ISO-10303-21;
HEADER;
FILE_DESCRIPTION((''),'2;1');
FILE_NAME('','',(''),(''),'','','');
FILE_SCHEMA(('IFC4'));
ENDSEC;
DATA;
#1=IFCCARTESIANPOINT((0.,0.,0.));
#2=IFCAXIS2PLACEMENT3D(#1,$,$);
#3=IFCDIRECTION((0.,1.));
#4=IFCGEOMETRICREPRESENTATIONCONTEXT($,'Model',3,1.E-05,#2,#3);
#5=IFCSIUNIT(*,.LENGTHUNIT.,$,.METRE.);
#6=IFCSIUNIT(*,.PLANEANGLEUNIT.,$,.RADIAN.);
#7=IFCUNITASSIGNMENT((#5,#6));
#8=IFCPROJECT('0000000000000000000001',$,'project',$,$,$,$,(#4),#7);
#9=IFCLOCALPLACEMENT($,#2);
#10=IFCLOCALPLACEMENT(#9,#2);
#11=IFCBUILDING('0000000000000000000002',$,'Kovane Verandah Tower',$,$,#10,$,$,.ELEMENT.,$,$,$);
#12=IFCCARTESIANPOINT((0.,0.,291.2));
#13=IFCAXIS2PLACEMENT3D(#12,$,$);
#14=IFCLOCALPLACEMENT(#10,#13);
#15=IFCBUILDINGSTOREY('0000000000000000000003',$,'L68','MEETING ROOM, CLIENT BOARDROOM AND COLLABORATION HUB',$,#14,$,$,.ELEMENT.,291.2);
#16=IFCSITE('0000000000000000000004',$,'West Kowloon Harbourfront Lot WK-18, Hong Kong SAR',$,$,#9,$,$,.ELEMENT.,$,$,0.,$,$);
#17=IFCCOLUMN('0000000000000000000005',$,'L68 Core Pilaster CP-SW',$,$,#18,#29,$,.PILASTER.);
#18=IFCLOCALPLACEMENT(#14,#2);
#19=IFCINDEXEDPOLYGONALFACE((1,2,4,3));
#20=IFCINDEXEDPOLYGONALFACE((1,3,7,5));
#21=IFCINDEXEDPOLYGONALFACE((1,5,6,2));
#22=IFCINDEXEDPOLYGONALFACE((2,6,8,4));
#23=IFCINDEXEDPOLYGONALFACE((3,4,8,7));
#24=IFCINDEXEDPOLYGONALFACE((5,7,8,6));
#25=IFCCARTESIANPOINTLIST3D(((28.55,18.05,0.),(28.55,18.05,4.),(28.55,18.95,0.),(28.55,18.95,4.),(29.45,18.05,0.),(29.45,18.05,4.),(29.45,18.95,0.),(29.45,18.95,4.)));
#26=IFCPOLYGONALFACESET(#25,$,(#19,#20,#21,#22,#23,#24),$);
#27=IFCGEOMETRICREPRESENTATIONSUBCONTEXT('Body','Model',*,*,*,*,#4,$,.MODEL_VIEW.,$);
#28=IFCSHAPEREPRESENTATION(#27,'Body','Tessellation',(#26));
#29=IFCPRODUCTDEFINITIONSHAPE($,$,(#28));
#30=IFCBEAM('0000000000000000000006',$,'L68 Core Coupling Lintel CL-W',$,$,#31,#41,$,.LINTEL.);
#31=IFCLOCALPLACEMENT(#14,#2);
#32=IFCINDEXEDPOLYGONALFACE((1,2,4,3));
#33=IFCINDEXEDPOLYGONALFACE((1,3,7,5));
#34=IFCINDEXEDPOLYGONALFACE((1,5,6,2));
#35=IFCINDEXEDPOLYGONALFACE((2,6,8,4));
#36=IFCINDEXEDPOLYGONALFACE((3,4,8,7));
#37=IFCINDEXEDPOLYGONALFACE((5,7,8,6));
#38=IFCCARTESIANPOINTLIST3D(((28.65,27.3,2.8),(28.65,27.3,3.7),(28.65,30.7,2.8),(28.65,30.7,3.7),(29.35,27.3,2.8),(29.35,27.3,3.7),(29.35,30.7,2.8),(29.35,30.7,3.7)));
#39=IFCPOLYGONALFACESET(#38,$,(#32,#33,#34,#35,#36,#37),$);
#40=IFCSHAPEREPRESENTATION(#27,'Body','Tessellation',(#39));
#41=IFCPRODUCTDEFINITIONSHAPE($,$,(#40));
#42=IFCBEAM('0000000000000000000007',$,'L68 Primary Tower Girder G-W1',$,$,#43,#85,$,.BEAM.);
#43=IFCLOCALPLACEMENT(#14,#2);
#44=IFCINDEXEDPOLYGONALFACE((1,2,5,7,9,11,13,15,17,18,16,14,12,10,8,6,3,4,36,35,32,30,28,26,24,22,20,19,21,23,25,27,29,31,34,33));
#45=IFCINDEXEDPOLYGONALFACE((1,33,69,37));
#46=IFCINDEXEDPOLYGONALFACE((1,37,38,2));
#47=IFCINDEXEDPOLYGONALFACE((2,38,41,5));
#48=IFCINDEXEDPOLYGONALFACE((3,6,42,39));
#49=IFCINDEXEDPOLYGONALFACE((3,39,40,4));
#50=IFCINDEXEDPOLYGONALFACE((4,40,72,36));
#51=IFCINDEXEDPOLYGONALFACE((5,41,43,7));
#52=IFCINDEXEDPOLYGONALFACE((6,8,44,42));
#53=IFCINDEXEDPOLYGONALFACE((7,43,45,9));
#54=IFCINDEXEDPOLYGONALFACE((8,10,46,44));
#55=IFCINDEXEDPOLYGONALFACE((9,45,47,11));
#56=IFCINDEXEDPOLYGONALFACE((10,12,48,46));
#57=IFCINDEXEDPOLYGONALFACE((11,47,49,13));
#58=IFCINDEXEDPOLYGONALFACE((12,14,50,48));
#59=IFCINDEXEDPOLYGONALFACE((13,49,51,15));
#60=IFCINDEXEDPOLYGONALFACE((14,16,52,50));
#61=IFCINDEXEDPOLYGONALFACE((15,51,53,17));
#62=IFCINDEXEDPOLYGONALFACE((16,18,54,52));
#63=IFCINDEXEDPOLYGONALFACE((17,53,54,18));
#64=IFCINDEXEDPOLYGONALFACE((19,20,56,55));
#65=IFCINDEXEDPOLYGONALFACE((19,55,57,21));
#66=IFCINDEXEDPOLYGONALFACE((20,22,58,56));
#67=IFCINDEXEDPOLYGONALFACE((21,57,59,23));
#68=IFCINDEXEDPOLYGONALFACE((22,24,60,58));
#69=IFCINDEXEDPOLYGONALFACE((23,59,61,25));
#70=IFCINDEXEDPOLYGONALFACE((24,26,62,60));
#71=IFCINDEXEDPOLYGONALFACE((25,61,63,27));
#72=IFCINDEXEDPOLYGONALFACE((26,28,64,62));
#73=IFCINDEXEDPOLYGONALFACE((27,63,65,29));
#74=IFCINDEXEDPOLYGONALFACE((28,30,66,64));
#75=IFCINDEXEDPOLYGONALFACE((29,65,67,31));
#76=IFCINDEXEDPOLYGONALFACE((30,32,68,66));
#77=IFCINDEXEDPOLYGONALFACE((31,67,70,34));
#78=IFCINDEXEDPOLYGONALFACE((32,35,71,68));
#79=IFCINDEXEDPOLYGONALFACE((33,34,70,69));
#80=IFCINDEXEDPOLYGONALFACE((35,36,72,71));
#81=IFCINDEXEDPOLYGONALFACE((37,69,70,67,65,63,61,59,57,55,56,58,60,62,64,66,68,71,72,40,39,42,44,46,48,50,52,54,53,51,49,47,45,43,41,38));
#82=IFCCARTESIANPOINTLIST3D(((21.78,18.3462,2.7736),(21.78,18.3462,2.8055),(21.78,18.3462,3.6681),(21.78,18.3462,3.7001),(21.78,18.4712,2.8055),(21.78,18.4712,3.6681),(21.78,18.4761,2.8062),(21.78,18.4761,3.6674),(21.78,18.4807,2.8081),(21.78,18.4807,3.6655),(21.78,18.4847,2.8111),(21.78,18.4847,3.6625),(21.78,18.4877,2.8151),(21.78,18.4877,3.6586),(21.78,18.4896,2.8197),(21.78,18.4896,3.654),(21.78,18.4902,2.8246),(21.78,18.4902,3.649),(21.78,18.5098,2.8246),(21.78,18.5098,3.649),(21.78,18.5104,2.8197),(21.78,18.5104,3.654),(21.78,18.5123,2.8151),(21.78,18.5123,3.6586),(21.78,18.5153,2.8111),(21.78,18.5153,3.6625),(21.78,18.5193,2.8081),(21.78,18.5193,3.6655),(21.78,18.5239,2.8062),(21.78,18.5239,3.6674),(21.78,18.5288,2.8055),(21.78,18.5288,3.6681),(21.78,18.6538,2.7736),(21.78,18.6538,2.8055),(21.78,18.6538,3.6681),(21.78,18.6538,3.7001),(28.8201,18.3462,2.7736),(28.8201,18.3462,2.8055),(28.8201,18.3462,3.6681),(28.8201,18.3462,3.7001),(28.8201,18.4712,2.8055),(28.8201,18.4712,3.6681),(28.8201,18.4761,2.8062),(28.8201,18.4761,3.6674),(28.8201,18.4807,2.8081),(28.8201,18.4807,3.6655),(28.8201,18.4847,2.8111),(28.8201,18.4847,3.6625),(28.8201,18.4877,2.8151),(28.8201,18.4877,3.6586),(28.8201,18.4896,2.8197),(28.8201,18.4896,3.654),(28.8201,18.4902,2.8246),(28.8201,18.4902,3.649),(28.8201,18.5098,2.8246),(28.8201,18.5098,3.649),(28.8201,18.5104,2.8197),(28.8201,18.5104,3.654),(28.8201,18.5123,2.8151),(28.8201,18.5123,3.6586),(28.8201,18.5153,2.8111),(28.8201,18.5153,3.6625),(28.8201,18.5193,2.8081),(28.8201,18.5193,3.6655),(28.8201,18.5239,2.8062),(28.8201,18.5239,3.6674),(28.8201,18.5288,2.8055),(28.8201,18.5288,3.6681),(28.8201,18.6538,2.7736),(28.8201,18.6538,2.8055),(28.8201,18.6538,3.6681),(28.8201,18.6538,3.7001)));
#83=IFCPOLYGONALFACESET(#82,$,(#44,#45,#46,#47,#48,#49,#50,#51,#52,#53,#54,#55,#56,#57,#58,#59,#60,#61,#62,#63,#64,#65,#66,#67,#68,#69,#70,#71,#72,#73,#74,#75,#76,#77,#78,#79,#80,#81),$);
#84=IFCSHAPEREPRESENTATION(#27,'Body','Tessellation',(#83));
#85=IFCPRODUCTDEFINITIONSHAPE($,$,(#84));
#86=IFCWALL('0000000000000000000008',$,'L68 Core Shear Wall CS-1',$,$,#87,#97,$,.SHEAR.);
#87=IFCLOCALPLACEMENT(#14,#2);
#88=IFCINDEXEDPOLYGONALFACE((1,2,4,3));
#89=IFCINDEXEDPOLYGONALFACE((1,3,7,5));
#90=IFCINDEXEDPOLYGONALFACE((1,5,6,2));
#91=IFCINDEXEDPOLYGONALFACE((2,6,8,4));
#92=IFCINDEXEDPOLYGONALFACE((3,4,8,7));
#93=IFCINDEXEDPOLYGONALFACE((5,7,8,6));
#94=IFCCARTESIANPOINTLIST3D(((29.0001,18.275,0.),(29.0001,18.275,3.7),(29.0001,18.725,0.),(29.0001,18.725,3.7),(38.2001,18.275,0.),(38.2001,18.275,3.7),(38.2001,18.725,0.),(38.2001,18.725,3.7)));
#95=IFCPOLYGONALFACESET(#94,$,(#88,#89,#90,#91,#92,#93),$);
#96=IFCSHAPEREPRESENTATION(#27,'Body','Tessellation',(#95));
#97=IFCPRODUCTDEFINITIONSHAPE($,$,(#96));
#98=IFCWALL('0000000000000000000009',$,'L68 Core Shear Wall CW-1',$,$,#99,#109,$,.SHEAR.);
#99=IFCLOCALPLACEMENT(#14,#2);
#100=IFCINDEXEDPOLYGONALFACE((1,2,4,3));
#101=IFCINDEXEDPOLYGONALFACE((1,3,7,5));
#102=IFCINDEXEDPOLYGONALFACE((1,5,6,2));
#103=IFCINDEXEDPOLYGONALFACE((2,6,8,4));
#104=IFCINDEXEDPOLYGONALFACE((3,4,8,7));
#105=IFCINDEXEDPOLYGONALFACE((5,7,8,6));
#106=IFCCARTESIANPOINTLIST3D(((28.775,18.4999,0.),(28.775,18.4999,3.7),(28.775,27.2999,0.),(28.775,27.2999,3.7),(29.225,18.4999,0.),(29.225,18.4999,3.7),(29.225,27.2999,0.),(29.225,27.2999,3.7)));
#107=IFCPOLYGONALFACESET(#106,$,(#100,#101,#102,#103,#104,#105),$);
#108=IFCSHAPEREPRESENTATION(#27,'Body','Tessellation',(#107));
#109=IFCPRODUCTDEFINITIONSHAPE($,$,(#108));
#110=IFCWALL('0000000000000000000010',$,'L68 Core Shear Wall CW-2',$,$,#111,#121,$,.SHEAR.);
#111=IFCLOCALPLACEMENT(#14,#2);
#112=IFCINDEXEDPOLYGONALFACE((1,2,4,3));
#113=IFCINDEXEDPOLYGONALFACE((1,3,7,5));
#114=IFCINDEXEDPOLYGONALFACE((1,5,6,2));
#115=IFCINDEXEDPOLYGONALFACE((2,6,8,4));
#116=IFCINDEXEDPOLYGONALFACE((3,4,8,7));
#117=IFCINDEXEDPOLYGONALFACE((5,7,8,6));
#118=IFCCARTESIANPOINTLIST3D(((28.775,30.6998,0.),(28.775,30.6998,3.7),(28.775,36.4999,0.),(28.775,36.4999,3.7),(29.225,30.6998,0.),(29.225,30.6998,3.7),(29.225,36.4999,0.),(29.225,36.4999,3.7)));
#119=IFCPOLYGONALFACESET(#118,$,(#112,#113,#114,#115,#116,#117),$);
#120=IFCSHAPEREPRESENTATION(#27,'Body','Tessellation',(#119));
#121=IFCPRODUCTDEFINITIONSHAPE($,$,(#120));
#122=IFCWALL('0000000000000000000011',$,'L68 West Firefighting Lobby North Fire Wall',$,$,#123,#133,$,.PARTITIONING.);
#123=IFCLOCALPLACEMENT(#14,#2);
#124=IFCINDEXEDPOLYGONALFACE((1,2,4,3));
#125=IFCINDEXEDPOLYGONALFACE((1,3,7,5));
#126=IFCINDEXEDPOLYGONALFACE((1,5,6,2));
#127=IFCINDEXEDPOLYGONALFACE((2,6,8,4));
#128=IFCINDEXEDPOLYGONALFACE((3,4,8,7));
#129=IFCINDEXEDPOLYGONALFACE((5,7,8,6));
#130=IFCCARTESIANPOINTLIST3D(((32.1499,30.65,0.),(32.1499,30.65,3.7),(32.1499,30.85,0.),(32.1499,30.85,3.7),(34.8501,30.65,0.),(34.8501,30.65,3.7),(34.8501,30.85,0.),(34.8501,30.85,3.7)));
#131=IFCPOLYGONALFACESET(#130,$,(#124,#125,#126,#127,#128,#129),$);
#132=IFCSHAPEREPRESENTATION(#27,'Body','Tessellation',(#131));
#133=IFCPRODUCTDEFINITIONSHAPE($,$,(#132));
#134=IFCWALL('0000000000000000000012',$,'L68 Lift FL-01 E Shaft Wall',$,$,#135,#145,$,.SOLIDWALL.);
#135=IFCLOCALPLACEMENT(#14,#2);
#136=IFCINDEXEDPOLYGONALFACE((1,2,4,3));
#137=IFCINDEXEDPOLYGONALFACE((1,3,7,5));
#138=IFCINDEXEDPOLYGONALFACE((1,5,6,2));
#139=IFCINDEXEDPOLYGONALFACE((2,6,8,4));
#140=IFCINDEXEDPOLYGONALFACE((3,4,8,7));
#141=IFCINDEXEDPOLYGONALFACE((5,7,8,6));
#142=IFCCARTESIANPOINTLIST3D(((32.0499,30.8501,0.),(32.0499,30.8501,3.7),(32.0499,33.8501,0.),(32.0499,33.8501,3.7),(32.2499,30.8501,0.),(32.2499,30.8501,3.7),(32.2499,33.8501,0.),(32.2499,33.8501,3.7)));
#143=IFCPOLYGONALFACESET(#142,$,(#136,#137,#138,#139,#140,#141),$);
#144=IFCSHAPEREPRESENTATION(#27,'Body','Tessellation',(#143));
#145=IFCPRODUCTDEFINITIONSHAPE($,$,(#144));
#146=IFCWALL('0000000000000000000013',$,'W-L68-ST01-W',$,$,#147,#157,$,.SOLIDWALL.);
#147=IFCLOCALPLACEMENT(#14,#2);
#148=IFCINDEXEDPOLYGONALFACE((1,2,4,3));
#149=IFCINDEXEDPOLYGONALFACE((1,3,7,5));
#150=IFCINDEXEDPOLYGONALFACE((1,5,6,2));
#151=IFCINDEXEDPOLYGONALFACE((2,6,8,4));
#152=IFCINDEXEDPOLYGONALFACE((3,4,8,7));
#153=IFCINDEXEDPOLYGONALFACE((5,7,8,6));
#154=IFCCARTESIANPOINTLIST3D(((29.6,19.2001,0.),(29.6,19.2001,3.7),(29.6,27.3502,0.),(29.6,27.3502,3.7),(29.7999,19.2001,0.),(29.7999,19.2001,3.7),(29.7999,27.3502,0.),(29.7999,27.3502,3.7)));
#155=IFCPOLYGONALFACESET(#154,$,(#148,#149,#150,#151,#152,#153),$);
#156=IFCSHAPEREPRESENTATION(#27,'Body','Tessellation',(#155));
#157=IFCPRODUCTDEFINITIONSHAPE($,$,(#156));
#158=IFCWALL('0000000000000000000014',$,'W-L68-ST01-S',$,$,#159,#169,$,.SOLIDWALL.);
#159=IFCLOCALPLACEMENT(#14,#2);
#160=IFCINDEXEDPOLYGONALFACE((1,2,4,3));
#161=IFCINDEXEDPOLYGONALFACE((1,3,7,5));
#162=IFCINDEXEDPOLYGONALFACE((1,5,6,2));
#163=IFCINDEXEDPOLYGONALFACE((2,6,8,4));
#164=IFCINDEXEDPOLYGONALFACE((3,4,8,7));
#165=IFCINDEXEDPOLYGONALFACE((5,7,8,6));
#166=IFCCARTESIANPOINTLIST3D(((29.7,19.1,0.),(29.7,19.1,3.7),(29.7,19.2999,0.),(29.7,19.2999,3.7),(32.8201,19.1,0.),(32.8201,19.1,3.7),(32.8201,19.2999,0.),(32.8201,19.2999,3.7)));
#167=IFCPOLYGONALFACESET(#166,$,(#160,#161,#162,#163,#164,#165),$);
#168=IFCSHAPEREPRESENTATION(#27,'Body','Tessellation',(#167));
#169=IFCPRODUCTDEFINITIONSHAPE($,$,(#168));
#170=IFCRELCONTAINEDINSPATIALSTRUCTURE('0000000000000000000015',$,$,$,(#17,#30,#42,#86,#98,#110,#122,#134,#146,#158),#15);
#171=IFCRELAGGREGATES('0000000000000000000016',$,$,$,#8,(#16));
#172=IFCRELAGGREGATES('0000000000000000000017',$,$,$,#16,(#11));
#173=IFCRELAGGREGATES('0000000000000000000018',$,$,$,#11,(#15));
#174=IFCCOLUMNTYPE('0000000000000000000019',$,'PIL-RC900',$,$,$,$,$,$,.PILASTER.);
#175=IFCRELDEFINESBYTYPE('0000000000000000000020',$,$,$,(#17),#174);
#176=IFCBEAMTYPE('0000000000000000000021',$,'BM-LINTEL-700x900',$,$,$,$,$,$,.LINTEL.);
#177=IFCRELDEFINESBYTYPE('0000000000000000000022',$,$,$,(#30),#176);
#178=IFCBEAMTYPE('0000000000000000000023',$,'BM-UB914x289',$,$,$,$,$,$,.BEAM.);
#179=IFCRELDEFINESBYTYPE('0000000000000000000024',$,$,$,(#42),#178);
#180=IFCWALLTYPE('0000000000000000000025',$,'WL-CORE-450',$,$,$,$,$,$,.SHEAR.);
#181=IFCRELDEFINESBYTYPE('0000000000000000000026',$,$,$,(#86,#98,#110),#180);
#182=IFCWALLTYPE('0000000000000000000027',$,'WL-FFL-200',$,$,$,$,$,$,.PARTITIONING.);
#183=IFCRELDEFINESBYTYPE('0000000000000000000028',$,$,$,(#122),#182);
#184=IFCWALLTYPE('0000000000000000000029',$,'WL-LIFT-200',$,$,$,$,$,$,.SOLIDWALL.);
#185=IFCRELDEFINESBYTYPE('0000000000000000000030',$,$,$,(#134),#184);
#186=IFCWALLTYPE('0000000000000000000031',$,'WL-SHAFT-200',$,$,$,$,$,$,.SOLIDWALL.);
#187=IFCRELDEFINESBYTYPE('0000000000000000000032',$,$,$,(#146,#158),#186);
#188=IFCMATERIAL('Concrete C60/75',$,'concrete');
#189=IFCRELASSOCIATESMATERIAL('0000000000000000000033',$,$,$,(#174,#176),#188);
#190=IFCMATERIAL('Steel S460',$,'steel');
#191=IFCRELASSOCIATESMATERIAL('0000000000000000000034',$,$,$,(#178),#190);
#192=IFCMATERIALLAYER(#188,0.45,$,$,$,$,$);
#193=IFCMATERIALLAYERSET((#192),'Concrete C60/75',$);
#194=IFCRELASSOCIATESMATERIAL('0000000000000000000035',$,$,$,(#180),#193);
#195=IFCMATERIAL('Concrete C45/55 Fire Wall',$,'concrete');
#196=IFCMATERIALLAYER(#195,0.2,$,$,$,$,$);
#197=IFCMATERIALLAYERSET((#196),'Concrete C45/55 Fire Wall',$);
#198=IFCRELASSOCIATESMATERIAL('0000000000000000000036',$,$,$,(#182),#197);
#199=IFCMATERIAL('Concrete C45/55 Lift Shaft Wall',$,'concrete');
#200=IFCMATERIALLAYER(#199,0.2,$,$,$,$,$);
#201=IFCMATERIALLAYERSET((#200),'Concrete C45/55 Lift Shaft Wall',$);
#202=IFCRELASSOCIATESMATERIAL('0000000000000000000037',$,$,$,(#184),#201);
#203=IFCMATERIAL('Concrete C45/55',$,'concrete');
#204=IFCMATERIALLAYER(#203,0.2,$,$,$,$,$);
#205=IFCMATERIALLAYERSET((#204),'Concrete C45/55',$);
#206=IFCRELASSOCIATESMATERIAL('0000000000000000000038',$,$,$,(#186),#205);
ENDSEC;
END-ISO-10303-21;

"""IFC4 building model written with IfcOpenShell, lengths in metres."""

from ifc_helpers import new_model, si_unit, direction, frame, frame_2d, origin, origin_2d, place, context, subcontext, project, spatial, rectangle, i_section, extrude, material, layer, layer_set, material_profile, profile_set, type_object, element, save


model = new_model("IFC4")

# Units and contexts
model_context = context("Model", 3, precision=1e-05, world=origin(), true_north=direction((0.0, 1.0)))
body_context = subcontext(model_context, "Body", "Model", "MODEL_VIEW")
ifc_project = project(units=[si_unit("LENGTHUNIT", "METRE"), si_unit("PLANEANGLEUNIT", "RADIAN")], contexts=[model_context])

# Site, building, storey
site_placement = place(None, origin())
site = spatial("IfcSite", under=ifc_project, at=site_placement, Name="West Kowloon Harbourfront Lot WK-18, Hong Kong SAR", CompositionType="ELEMENT", RefElevation=0.0)
building_placement = place(site_placement, origin())
building = spatial("IfcBuilding", under=site, at=building_placement, Name="Kovane Verandah Tower", CompositionType="ELEMENT")
storey_placement = place(building_placement, frame((0.0, 0.0, 291.2)))
storey = spatial("IfcBuildingStorey", under=building, at=storey_placement, Name="L68", Description="MEETING ROOM, CLIENT BOARDROOM AND COLLABORATION HUB", CompositionType="ELEMENT", Elevation=291.2)

# Column
ifc_material_1 = material(Name="Concrete C60/75", Category="concrete")
ifc_material_profile_1 = material_profile(ifc_material_1, rectangle(XDim=0.8999, YDim=0.8999, at=origin_2d()), Name="RC900x900")
ifc_profile_set_1 = profile_set([ifc_material_profile_1], Name="Concrete C60/75")
column_type = type_object("IfcColumnType", Name="PIL-RC900", PredefinedType="PILASTER", material=ifc_profile_set_1)
column_placement = place(storey_placement, frame((29.0, 18.5, 0.0), z_axis=(0.0, 0.0, 1.0), x_axis=(1.0, 0.0, 0.0)))
element("IfcColumn", 1, at=column_placement, inside=storey, type_object=column_type, Name="L68 Core Pilaster CP-SW", PredefinedType="PILASTER", context=body_context, shape_type="SweptSolid", body=[
    extrude(rectangle(XDim=0.8999, YDim=0.8999, at=origin_2d()), origin(), (0.0, 0.0, 1.0), 4.0),
])

# Beams
ifc_material_profile_2 = material_profile(ifc_material_1, rectangle(XDim=0.7, YDim=0.8999, at=origin_2d()), Name="RCB700x900")
ifc_profile_set_2 = profile_set([ifc_material_profile_2], Name="Concrete C60/75")
beam_type_1 = type_object("IfcBeamType", Name="BM-LINTEL-700x900", PredefinedType="LINTEL", material=ifc_profile_set_2)
beam_1_placement = place(storey_placement, frame((29.0, 27.3, 3.25), z_axis=(0.0, 1.0, 0.0), x_axis=(-1.0, 0.0, 0.0)))
element("IfcBeam", 2, at=beam_1_placement, inside=storey, type_object=beam_type_1, Name="L68 Core Coupling Lintel CL-W", PredefinedType="LINTEL", context=body_context, shape_type="SweptSolid", body=[
    extrude(rectangle(XDim=0.7, YDim=0.8999, at=origin_2d()), origin(), (0.0, 0.0, 1.0), 3.3999),
])
ifc_material_2 = material(Name="Steel S460", Category="steel")
ifc_material_profile_3 = material_profile(ifc_material_2, i_section(OverallWidth=0.3076, OverallDepth=0.9265, WebThickness=0.0195, FlangeThickness=0.032, FilletRadius=0.019, at=origin_2d()), Name="UB914x305x289")
ifc_profile_set_3 = profile_set([ifc_material_profile_3], Name="Steel S460")
beam_type_2 = type_object("IfcBeamType", Name="BM-UB914x289", PredefinedType="BEAM", material=ifc_profile_set_3)
beam_2_placement = place(storey_placement, frame((28.8201, 18.5, 3.2368), z_axis=(-1.0, 0.0, 0.0), x_axis=(0.0, -1.0, 0.0)))
element("IfcBeam", 3, at=beam_2_placement, inside=storey, type_object=beam_type_2, Name="L68 Primary Tower Girder G-W1", PredefinedType="BEAM", context=body_context, shape_type="SweptSolid", body=[
    extrude(i_section(OverallWidth=0.3076, OverallDepth=0.9265, WebThickness=0.0195, FlangeThickness=0.032, FilletRadius=0.019, at=origin_2d()), origin(), (0.0, 0.0, 1.0), 7.04),
])

# Walls
ifc_layer_1 = layer(ifc_material_1, 0.45)
ifc_layer_set_1 = layer_set([ifc_layer_1], Name="Concrete C60/75")
wall_type_1 = type_object("IfcWallType", Name="WL-CORE-450", PredefinedType="SHEAR", material=ifc_layer_set_1)
wall_1_placement = place(storey_placement, frame((29.0, 18.5, 0.0), z_axis=(0.0, 0.0, 1.0), x_axis=(1.0, 0.0, 0.0)))
element("IfcWall", 4, at=wall_1_placement, inside=storey, type_object=wall_type_1, Name="L68 Core Shear Wall CS-1", PredefinedType="SHEAR", context=body_context, shape_type="SweptSolid", body=[
    extrude(rectangle(XDim=9.2, YDim=0.45, at=frame_2d((4.6001, 0.0))), origin(), (0.0, 0.0, 1.0), 3.7),
])
wall_2_placement = place(storey_placement, frame((29.0, 18.5, 0.0), z_axis=(0.0, 0.0, 1.0), x_axis=(0.0, 1.0, 0.0)))
element("IfcWall", 5, at=wall_2_placement, inside=storey, type_object=wall_type_1, Name="L68 Core Shear Wall CW-1", PredefinedType="SHEAR", context=body_context, shape_type="SweptSolid", body=[
    extrude(rectangle(XDim=8.8, YDim=0.45, at=frame_2d((4.3999, 0.0))), origin(), (0.0, 0.0, 1.0), 3.7),
])
wall_3_placement = place(storey_placement, frame((29.0, 30.7, 0.0), z_axis=(0.0, 0.0, 1.0), x_axis=(0.0, 1.0, 0.0)))
element("IfcWall", 6, at=wall_3_placement, inside=storey, type_object=wall_type_1, Name="L68 Core Shear Wall CW-2", PredefinedType="SHEAR", context=body_context, shape_type="SweptSolid", body=[
    extrude(rectangle(XDim=5.8, YDim=0.45, at=frame_2d((2.8999, 0.0))), origin(), (0.0, 0.0, 1.0), 3.7),
])

# Shared definitions
ifc_material_3 = material(Name="Concrete C45/55 Fire Wall", Category="concrete")
ifc_layer_2 = layer(ifc_material_3, 0.2)
ifc_layer_set_2 = layer_set([ifc_layer_2], Name="Concrete C45/55 Fire Wall")
wall_type_2 = type_object("IfcWallType", Name="WL-FFL-200", PredefinedType="PARTITIONING", material=ifc_layer_set_2)

# Wall
wall_4_placement = place(storey_placement, frame((32.1499, 30.75, 0.0), z_axis=(0.0, 0.0, 1.0), x_axis=(1.0, 0.0, 0.0)))
element("IfcWall", 7, at=wall_4_placement, inside=storey, type_object=wall_type_2, Name="L68 West Firefighting Lobby North Fire Wall", PredefinedType="PARTITIONING", context=body_context, shape_type="SweptSolid", body=[
    extrude(rectangle(XDim=2.7002, YDim=0.2, at=frame_2d((1.3501, 0.0))), origin(), (0.0, 0.0, 1.0), 3.7),
])

# Shared definitions
ifc_material_4 = material(Name="Concrete C45/55 Lift Shaft Wall", Category="concrete")
ifc_layer_3 = layer(ifc_material_4, 0.2)
ifc_layer_set_3 = layer_set([ifc_layer_3], Name="Concrete C45/55 Lift Shaft Wall")
wall_type_3 = type_object("IfcWallType", Name="WL-LIFT-200", PredefinedType="SOLIDWALL", material=ifc_layer_set_3)

# Walls
wall_5_placement = place(storey_placement, frame((32.1499, 30.8501, 0.0), z_axis=(0.0, 0.0, 1.0), x_axis=(0.0, 1.0, 0.0)))
element("IfcWall", 8, at=wall_5_placement, inside=storey, type_object=wall_type_3, Name="L68 Lift FL-01 E Shaft Wall", PredefinedType="SOLIDWALL", context=body_context, shape_type="SweptSolid", body=[
    extrude(rectangle(XDim=3.0, YDim=0.2, at=frame_2d((1.5, 0.0))), origin(), (0.0, 0.0, 1.0), 3.7),
])
ifc_material_5 = material(Name="Concrete C45/55", Category="concrete")
ifc_layer_4 = layer(ifc_material_5, 0.2)
ifc_layer_set_4 = layer_set([ifc_layer_4], Name="Concrete C45/55")
wall_type_4 = type_object("IfcWallType", Name="WL-SHAFT-200", PredefinedType="SOLIDWALL", material=ifc_layer_set_4)
wall_6_placement = place(storey_placement, frame((29.7, 19.2, 0.0), z_axis=(0.0, 0.0, 1.0), x_axis=(0.0, 1.0, 0.0)))
element("IfcWall", 9, at=wall_6_placement, inside=storey, type_object=wall_type_4, Name="W-L68-ST01-W", PredefinedType="SOLIDWALL", context=body_context, shape_type="SweptSolid", body=[
    extrude(rectangle(XDim=8.1501, YDim=0.2, at=frame_2d((4.0752, 0.0))), origin(), (0.0, 0.0, 1.0), 3.7),
])
wall_7_placement = place(storey_placement, frame((29.7, 19.2, 0.0), z_axis=(0.0, 0.0, 1.0), x_axis=(1.0, 0.0, 0.0)))
element("IfcWall", 10, at=wall_7_placement, inside=storey, type_object=wall_type_4, Name="W-L68-ST01-S", PredefinedType="SOLIDWALL", context=body_context, shape_type="SweptSolid", body=[
    extrude(rectangle(XDim=3.1201, YDim=0.2, at=frame_2d((1.5601, 0.0))), origin(), (0.0, 0.0, 1.0), 3.7),
])

save(model, "model.ifc")
